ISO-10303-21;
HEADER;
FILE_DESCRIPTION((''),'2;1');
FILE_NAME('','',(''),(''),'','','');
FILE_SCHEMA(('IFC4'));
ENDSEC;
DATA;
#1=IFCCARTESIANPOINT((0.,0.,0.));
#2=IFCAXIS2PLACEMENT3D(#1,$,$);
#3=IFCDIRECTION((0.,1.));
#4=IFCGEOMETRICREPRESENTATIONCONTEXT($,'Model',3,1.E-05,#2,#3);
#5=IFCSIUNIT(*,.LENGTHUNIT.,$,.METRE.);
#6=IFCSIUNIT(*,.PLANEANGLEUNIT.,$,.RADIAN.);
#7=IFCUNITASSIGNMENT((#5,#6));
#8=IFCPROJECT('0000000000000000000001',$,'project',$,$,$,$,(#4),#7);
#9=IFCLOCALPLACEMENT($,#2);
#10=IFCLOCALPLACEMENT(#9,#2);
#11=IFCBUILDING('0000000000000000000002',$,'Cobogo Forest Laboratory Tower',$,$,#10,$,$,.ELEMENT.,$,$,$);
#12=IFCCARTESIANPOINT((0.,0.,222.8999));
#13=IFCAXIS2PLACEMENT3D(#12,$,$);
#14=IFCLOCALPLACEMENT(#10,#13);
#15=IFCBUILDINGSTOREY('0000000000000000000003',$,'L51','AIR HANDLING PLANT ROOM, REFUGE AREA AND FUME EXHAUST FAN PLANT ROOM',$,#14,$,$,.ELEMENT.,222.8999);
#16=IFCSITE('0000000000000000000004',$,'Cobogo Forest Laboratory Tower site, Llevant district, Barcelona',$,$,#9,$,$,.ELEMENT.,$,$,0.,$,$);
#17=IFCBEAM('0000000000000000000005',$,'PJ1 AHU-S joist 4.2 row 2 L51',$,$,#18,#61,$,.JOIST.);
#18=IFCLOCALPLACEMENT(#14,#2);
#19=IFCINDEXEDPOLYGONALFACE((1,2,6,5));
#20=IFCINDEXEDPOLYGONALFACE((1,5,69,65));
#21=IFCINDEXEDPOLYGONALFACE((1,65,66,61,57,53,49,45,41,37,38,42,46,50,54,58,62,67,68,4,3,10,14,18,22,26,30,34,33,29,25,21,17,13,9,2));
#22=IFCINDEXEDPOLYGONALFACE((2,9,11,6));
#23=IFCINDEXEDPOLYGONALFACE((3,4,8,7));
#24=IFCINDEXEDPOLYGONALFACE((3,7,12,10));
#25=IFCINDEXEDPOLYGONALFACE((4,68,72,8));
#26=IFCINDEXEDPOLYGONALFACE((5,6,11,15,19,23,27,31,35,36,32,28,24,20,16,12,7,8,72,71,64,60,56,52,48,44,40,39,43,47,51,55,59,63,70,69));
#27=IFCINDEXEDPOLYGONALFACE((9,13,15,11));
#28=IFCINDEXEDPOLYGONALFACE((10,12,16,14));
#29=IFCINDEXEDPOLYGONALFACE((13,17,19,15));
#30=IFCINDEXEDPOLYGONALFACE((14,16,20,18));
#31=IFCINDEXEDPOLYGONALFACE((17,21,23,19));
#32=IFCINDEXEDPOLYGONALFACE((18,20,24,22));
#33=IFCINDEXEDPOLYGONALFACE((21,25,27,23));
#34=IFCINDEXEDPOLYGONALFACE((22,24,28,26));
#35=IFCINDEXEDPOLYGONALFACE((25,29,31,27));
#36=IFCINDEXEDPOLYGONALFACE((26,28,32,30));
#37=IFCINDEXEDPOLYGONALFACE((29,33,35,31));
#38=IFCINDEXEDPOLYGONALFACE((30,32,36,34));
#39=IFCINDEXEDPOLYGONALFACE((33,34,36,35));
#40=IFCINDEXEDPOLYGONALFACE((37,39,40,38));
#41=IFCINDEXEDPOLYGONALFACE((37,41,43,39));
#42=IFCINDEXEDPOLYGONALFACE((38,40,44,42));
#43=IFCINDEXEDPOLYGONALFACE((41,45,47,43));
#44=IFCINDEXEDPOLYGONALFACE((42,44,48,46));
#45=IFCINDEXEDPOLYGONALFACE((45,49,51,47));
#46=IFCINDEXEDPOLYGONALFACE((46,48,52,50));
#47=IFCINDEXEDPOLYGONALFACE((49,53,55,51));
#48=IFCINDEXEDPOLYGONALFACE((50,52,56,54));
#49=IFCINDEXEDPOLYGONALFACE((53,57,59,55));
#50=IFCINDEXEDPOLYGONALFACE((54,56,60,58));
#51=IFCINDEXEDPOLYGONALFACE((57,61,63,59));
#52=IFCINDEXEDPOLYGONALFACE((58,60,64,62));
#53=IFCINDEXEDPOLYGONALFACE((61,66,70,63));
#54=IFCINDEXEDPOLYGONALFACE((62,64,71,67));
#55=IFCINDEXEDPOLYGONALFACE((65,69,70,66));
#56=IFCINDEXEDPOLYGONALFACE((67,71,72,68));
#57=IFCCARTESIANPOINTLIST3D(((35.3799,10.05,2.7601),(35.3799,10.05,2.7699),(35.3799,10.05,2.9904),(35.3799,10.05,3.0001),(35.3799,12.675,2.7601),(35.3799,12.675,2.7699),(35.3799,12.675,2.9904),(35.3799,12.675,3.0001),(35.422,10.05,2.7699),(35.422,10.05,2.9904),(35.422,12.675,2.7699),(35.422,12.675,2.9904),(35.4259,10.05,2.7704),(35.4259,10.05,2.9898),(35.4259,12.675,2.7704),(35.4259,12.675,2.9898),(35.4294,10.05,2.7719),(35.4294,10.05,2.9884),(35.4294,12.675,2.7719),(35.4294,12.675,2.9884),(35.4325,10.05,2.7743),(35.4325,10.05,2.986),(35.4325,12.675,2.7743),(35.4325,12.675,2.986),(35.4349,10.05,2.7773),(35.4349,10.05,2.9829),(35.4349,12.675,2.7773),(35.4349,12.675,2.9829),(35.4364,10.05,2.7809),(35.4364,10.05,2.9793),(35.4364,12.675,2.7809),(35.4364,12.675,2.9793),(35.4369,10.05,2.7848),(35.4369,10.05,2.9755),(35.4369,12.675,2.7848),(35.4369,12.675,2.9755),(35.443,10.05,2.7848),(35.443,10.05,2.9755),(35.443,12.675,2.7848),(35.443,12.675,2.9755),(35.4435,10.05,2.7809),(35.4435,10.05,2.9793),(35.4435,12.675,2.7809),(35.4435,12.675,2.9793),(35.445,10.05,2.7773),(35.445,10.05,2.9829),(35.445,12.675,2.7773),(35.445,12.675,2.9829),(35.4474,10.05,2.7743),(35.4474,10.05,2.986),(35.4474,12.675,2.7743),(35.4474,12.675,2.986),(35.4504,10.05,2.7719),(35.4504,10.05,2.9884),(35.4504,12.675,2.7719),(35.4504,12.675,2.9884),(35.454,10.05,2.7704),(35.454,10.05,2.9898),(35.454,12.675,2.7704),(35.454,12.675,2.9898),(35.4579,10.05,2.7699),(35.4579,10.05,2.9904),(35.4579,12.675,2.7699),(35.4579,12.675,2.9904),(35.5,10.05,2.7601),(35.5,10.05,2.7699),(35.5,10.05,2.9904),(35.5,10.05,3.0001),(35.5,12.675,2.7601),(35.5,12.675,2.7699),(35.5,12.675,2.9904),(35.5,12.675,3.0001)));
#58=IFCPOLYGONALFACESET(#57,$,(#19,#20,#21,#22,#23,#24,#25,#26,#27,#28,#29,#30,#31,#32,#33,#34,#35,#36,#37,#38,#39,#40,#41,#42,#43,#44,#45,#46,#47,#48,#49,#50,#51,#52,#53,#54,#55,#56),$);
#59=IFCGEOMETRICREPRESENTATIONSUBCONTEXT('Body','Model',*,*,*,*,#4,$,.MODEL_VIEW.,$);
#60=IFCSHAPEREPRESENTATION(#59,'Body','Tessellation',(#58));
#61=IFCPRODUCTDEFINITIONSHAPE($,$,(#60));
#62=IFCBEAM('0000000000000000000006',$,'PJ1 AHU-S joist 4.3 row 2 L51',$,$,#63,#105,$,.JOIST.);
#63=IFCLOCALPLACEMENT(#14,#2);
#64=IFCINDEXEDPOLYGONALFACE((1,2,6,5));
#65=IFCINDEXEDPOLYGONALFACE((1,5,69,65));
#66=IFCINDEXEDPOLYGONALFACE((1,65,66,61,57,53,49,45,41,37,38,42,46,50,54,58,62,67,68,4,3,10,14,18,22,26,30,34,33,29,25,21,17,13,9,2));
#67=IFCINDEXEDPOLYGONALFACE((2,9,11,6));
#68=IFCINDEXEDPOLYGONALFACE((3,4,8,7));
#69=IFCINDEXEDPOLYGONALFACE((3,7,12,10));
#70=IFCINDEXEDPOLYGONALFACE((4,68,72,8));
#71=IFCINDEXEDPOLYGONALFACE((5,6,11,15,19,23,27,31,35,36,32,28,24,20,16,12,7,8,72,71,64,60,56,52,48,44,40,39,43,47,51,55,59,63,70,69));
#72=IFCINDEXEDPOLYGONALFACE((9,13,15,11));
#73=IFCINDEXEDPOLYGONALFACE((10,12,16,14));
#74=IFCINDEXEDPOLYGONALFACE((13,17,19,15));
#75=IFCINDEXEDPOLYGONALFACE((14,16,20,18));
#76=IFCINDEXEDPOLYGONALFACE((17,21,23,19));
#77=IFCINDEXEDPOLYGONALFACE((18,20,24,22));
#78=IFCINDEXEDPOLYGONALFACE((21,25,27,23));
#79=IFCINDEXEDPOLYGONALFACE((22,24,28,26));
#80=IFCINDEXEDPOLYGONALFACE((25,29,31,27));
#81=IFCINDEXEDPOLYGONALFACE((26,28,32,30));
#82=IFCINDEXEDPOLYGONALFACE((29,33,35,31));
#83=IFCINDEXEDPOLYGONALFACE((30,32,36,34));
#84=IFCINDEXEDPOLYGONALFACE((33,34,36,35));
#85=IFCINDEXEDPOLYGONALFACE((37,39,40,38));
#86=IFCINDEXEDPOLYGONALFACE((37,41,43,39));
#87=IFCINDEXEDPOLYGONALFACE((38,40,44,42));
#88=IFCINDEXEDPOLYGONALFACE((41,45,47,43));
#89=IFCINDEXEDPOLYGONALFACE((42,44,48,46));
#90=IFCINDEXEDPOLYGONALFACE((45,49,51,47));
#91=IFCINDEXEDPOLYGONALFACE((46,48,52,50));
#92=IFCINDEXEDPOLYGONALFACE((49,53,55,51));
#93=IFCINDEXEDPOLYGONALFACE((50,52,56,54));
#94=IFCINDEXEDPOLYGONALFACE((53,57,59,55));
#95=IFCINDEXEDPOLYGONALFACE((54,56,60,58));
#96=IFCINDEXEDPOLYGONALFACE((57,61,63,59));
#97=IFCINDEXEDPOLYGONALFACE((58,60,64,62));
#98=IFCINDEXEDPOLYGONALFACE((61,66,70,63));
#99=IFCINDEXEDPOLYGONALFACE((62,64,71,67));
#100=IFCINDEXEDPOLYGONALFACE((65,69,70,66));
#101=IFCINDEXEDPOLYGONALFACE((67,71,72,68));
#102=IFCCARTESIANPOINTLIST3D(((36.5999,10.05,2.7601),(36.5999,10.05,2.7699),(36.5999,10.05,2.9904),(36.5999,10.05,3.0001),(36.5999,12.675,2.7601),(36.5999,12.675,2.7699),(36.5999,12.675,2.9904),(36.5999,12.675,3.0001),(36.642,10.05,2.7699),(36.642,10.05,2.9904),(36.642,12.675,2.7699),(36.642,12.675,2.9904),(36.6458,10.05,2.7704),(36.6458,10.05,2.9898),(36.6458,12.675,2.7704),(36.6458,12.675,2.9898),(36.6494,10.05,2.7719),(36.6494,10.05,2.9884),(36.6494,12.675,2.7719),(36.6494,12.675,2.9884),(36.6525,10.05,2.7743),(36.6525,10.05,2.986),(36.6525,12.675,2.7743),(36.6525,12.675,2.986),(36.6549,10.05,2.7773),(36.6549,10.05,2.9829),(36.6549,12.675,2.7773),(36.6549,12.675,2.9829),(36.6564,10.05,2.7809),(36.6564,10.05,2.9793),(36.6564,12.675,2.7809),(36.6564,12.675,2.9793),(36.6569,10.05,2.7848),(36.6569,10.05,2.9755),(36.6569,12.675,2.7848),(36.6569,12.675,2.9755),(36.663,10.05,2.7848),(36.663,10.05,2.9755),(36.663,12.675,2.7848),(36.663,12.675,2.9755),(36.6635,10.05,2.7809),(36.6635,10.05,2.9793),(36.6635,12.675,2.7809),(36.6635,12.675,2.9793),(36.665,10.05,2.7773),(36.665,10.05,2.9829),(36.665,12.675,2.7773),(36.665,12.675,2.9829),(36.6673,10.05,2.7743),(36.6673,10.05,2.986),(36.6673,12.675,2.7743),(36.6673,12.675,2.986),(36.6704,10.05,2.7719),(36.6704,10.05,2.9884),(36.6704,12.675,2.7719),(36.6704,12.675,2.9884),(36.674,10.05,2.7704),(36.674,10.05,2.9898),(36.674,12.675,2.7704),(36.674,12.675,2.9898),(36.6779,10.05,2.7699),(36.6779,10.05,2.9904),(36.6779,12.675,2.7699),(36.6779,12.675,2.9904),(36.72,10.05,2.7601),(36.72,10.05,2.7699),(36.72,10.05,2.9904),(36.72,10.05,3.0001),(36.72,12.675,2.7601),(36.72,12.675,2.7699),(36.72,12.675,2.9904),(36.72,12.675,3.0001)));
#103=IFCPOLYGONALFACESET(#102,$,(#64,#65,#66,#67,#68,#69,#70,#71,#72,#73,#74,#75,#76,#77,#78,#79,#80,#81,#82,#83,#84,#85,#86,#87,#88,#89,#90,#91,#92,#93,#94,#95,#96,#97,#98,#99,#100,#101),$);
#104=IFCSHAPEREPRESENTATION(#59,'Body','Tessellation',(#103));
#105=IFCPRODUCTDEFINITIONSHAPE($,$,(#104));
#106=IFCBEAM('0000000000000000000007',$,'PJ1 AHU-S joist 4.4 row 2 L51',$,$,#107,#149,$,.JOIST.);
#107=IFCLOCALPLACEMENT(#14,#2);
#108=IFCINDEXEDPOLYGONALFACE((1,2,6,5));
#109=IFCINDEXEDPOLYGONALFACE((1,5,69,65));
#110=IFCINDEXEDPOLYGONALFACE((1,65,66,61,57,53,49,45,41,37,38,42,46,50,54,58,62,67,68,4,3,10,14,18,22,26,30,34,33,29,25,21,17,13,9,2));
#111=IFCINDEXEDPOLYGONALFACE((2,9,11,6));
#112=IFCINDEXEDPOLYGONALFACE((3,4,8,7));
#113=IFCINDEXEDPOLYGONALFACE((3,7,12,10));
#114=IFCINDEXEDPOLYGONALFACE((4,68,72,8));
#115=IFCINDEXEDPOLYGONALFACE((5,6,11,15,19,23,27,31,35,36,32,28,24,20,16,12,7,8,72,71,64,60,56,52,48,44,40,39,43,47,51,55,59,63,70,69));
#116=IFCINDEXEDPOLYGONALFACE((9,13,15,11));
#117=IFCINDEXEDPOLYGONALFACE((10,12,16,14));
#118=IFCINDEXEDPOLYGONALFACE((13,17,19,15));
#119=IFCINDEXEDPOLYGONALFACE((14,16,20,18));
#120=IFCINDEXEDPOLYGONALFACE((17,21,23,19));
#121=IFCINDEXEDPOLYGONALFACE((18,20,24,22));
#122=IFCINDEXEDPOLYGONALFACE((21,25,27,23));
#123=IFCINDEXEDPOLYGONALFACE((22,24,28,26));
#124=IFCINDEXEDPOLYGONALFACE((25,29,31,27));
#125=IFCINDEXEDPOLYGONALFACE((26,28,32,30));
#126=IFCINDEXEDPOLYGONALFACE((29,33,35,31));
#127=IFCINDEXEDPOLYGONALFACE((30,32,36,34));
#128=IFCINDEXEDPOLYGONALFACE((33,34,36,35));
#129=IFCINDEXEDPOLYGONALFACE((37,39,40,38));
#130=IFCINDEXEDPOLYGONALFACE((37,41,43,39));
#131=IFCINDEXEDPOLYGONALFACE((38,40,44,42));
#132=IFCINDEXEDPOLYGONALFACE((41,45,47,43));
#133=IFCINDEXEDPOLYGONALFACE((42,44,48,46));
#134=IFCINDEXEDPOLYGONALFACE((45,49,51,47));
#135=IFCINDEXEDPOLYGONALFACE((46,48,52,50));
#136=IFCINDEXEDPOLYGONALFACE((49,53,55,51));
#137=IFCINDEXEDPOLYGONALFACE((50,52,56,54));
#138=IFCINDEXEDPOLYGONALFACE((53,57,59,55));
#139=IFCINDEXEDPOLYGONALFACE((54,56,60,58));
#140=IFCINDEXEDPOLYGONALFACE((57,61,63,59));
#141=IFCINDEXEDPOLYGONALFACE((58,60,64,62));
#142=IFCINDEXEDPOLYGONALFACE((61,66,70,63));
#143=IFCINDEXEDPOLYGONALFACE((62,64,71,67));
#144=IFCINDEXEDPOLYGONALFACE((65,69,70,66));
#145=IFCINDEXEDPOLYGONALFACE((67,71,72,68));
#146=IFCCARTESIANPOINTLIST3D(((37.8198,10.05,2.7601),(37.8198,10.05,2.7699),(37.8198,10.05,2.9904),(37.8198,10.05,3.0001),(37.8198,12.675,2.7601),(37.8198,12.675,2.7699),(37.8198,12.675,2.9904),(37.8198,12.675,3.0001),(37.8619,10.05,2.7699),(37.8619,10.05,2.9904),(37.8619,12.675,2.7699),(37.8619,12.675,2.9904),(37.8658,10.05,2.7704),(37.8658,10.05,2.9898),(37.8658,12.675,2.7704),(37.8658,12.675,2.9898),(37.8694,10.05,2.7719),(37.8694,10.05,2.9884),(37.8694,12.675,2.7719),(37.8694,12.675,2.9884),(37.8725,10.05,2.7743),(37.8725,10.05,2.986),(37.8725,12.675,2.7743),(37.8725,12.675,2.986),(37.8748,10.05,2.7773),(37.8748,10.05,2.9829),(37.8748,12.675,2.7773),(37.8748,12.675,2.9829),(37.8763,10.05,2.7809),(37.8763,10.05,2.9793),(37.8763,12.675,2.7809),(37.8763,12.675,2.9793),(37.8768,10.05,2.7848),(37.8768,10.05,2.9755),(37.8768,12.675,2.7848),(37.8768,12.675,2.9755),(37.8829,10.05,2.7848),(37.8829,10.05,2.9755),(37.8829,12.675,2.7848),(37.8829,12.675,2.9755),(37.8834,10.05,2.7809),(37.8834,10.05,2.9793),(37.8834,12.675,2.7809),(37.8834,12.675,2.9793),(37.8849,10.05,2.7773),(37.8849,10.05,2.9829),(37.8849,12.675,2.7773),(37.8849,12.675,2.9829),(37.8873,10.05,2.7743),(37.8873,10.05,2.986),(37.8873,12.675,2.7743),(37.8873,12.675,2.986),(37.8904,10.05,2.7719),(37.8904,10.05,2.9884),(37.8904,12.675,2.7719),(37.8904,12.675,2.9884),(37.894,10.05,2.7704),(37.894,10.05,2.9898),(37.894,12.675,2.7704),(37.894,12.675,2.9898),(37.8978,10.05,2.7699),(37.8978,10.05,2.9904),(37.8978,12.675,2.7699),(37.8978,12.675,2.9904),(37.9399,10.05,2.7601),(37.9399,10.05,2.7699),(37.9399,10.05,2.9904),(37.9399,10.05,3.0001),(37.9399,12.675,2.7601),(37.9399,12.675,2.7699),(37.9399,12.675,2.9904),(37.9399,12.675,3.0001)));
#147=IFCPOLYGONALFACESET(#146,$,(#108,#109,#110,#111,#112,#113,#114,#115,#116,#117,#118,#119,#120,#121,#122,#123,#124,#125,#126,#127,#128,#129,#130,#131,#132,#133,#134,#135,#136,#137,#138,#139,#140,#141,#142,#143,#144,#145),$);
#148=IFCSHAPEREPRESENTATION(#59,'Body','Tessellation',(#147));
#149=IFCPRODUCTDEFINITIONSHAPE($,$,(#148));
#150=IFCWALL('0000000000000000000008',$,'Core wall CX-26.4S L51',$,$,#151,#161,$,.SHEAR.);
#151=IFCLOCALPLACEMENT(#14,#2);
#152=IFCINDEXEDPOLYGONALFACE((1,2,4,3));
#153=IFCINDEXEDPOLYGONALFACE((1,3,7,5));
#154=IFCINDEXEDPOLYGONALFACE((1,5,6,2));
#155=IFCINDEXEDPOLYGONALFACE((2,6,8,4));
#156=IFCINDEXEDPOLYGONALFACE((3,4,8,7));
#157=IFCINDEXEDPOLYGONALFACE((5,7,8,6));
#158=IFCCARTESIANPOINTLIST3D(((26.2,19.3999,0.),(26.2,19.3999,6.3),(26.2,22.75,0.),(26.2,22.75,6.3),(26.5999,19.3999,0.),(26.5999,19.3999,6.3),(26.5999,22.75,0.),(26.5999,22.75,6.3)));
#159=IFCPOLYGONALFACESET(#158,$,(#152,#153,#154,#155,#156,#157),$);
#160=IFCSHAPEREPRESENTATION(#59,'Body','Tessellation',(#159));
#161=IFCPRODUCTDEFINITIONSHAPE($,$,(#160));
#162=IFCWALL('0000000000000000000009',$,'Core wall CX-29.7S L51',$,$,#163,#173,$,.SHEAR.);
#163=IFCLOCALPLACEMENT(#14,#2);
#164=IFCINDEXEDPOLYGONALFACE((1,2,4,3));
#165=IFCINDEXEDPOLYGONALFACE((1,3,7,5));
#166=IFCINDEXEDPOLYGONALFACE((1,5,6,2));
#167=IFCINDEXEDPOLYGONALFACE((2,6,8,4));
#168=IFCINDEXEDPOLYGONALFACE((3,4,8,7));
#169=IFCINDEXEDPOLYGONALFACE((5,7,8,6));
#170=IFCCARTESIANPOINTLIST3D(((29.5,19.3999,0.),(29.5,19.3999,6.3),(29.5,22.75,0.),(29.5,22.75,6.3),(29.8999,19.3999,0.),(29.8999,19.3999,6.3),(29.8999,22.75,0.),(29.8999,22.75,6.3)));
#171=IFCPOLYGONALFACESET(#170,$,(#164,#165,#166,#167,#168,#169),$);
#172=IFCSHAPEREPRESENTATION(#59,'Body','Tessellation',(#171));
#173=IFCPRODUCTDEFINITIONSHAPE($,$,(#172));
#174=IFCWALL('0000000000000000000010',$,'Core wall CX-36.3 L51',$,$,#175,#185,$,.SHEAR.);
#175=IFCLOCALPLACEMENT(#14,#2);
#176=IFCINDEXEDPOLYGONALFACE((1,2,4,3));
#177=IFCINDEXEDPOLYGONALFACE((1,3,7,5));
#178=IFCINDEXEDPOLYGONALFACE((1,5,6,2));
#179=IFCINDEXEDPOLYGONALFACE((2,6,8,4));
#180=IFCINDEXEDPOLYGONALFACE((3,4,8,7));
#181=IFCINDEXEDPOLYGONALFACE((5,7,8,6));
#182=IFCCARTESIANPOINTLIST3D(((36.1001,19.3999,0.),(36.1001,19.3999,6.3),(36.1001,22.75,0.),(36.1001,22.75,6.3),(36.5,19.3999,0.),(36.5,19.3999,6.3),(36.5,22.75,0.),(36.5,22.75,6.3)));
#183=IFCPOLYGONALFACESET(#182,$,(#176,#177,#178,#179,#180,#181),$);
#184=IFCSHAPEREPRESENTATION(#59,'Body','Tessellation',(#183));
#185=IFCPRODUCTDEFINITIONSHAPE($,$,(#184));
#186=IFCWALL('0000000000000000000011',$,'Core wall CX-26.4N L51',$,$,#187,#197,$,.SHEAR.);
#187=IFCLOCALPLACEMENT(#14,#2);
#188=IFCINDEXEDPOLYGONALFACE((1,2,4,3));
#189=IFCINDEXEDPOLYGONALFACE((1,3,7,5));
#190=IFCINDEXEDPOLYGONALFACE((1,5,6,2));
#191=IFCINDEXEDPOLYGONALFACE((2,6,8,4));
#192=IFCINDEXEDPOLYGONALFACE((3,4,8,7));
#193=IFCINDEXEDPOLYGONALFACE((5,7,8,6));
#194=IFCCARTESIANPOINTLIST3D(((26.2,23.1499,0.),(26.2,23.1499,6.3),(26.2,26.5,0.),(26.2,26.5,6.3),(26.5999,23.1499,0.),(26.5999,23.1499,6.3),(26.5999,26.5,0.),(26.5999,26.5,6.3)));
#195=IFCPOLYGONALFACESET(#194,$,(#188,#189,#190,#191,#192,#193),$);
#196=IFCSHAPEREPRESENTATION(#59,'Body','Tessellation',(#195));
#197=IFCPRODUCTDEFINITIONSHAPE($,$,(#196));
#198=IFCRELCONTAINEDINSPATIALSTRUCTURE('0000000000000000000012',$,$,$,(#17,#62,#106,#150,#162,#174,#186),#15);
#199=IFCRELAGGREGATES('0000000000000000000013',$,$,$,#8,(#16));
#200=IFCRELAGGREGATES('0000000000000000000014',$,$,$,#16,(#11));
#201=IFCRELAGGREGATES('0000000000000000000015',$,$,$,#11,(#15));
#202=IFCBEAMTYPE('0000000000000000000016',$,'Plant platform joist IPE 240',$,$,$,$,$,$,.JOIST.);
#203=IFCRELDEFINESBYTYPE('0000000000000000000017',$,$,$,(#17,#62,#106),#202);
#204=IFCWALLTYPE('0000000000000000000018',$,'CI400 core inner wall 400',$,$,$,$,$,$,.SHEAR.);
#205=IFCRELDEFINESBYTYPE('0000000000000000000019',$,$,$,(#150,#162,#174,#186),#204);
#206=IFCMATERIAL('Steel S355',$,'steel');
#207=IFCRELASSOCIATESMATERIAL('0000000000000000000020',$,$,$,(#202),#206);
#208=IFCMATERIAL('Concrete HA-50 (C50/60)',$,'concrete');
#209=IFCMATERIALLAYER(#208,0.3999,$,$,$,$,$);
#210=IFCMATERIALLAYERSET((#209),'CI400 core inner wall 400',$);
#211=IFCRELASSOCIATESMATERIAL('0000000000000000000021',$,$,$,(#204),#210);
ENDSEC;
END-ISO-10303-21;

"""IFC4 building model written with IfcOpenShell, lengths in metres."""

from ifc_helpers import new_model, si_unit, direction, frame, frame_2d, origin, origin_2d, place, context, subcontext, project, spatial, rectangle, i_section, extrude, material, layer, layer_set, material_profile, profile_set, type_object, element, save


model = new_model("IFC4")

# Units and contexts
model_context = context("Model", 3, precision=1e-05, world=origin(), true_north=direction((0.0, 1.0)))
body_context = subcontext(model_context, "Body", "Model", "MODEL_VIEW")
ifc_project = project(units=[si_unit("LENGTHUNIT", "METRE"), si_unit("PLANEANGLEUNIT", "RADIAN")], contexts=[model_context])

# Site, building, storey
site_placement = place(None, origin())
site = spatial("IfcSite", under=ifc_project, at=site_placement, Name="Cobogo Forest Laboratory Tower site, Llevant district, Barcelona", CompositionType="ELEMENT", RefElevation=0.0)
building_placement = place(site_placement, origin())
building = spatial("IfcBuilding", under=site, at=building_placement, Name="Cobogo Forest Laboratory Tower", CompositionType="ELEMENT")
storey_placement = place(building_placement, frame((0.0, 0.0, 222.8999)))
storey = spatial("IfcBuildingStorey", under=building, at=storey_placement, Name="L51", Description="AIR HANDLING PLANT ROOM, REFUGE AREA AND FUME EXHAUST FAN PLANT ROOM", CompositionType="ELEMENT", Elevation=222.8999)

# Shared definitions
ifc_material_1 = material(Name="Steel S355", Category="steel")

# Beams
ifc_material_profile_1 = material_profile(ifc_material_1, i_section(OverallWidth=0.1201, OverallDepth=0.24, WebThickness=0.0061, FlangeThickness=0.0098, FilletRadius=0.0149, at=origin_2d()), Name="IPE 240")
ifc_profile_set_1 = profile_set([ifc_material_profile_1], Name="Steel S355")
beam_type_1 = type_object("IfcBeamType", Name="Plant platform joist IPE 240", PredefinedType="JOIST", material=ifc_profile_set_1)
for number, where, z_axis, x_axis, name in (
    (1, (35.4399, 10.05, 2.8801), (0.0, 1.0, 0.0), (-1.0, 0.0, 0.0), "PJ1 AHU-S joist 4.2 row 2 L51"),
    (2, (36.6599, 10.05, 2.8801), (0.0, 1.0, 0.0), (-1.0, 0.0, 0.0), "PJ1 AHU-S joist 4.3 row 2 L51"),
    (3, (37.8799, 10.05, 2.8801), (0.0, 1.0, 0.0), (-1.0, 0.0, 0.0), "PJ1 AHU-S joist 4.4 row 2 L51"),
):
    element("IfcBeam", number, at=place(storey_placement, frame(where, z_axis=z_axis, x_axis=x_axis)), inside=storey, type_object=beam_type_1, Name=name, PredefinedType="JOIST", context=body_context, shape_type="SweptSolid", body=[
        extrude(i_section(OverallWidth=0.1201, OverallDepth=0.24, WebThickness=0.0061, FlangeThickness=0.0098, FilletRadius=0.0149, at=origin_2d()), origin(), (0.0, 0.0, 1.0), 2.625),
    ])

# Walls
ifc_material_2 = material(Name="Concrete HA-50 (C50/60)", Category="concrete")
ifc_layer_1 = layer(ifc_material_2, 0.3999)
ifc_layer_set_1 = layer_set([ifc_layer_1], Name="CI400 core inner wall 400")
wall_type_1 = type_object("IfcWallType", Name="CI400 core inner wall 400", PredefinedType="SHEAR", material=ifc_layer_set_1)
for number, where, z_axis, x_axis, name in (
    (4, (26.3999, 19.3999, 0.0), (0.0, 0.0, 1.0), (0.0, 1.0, 0.0), "Core wall CX-26.4S L51"),
    (5, (29.7, 19.3999, 0.0), (0.0, 0.0, 1.0), (0.0, 1.0, 0.0), "Core wall CX-29.7S L51"),
    (6, (36.3, 19.3999, 0.0), (0.0, 0.0, 1.0), (0.0, 1.0, 0.0), "Core wall CX-36.3 L51"),
    (7, (26.3999, 23.1499, 0.0), (0.0, 0.0, 1.0), (0.0, 1.0, 0.0), "Core wall CX-26.4N L51"),
):
    element("IfcWall", number, at=place(storey_placement, frame(where, z_axis=z_axis, x_axis=x_axis)), inside=storey, type_object=wall_type_1, Name=name, PredefinedType="SHEAR", context=body_context, shape_type="SweptSolid", body=[
        extrude(rectangle(XDim=3.3501, YDim=0.3999, at=frame_2d((1.675, 0.0))), origin(), (0.0, 0.0, 1.0), 6.3),
    ])

save(model, "model.ifc")
